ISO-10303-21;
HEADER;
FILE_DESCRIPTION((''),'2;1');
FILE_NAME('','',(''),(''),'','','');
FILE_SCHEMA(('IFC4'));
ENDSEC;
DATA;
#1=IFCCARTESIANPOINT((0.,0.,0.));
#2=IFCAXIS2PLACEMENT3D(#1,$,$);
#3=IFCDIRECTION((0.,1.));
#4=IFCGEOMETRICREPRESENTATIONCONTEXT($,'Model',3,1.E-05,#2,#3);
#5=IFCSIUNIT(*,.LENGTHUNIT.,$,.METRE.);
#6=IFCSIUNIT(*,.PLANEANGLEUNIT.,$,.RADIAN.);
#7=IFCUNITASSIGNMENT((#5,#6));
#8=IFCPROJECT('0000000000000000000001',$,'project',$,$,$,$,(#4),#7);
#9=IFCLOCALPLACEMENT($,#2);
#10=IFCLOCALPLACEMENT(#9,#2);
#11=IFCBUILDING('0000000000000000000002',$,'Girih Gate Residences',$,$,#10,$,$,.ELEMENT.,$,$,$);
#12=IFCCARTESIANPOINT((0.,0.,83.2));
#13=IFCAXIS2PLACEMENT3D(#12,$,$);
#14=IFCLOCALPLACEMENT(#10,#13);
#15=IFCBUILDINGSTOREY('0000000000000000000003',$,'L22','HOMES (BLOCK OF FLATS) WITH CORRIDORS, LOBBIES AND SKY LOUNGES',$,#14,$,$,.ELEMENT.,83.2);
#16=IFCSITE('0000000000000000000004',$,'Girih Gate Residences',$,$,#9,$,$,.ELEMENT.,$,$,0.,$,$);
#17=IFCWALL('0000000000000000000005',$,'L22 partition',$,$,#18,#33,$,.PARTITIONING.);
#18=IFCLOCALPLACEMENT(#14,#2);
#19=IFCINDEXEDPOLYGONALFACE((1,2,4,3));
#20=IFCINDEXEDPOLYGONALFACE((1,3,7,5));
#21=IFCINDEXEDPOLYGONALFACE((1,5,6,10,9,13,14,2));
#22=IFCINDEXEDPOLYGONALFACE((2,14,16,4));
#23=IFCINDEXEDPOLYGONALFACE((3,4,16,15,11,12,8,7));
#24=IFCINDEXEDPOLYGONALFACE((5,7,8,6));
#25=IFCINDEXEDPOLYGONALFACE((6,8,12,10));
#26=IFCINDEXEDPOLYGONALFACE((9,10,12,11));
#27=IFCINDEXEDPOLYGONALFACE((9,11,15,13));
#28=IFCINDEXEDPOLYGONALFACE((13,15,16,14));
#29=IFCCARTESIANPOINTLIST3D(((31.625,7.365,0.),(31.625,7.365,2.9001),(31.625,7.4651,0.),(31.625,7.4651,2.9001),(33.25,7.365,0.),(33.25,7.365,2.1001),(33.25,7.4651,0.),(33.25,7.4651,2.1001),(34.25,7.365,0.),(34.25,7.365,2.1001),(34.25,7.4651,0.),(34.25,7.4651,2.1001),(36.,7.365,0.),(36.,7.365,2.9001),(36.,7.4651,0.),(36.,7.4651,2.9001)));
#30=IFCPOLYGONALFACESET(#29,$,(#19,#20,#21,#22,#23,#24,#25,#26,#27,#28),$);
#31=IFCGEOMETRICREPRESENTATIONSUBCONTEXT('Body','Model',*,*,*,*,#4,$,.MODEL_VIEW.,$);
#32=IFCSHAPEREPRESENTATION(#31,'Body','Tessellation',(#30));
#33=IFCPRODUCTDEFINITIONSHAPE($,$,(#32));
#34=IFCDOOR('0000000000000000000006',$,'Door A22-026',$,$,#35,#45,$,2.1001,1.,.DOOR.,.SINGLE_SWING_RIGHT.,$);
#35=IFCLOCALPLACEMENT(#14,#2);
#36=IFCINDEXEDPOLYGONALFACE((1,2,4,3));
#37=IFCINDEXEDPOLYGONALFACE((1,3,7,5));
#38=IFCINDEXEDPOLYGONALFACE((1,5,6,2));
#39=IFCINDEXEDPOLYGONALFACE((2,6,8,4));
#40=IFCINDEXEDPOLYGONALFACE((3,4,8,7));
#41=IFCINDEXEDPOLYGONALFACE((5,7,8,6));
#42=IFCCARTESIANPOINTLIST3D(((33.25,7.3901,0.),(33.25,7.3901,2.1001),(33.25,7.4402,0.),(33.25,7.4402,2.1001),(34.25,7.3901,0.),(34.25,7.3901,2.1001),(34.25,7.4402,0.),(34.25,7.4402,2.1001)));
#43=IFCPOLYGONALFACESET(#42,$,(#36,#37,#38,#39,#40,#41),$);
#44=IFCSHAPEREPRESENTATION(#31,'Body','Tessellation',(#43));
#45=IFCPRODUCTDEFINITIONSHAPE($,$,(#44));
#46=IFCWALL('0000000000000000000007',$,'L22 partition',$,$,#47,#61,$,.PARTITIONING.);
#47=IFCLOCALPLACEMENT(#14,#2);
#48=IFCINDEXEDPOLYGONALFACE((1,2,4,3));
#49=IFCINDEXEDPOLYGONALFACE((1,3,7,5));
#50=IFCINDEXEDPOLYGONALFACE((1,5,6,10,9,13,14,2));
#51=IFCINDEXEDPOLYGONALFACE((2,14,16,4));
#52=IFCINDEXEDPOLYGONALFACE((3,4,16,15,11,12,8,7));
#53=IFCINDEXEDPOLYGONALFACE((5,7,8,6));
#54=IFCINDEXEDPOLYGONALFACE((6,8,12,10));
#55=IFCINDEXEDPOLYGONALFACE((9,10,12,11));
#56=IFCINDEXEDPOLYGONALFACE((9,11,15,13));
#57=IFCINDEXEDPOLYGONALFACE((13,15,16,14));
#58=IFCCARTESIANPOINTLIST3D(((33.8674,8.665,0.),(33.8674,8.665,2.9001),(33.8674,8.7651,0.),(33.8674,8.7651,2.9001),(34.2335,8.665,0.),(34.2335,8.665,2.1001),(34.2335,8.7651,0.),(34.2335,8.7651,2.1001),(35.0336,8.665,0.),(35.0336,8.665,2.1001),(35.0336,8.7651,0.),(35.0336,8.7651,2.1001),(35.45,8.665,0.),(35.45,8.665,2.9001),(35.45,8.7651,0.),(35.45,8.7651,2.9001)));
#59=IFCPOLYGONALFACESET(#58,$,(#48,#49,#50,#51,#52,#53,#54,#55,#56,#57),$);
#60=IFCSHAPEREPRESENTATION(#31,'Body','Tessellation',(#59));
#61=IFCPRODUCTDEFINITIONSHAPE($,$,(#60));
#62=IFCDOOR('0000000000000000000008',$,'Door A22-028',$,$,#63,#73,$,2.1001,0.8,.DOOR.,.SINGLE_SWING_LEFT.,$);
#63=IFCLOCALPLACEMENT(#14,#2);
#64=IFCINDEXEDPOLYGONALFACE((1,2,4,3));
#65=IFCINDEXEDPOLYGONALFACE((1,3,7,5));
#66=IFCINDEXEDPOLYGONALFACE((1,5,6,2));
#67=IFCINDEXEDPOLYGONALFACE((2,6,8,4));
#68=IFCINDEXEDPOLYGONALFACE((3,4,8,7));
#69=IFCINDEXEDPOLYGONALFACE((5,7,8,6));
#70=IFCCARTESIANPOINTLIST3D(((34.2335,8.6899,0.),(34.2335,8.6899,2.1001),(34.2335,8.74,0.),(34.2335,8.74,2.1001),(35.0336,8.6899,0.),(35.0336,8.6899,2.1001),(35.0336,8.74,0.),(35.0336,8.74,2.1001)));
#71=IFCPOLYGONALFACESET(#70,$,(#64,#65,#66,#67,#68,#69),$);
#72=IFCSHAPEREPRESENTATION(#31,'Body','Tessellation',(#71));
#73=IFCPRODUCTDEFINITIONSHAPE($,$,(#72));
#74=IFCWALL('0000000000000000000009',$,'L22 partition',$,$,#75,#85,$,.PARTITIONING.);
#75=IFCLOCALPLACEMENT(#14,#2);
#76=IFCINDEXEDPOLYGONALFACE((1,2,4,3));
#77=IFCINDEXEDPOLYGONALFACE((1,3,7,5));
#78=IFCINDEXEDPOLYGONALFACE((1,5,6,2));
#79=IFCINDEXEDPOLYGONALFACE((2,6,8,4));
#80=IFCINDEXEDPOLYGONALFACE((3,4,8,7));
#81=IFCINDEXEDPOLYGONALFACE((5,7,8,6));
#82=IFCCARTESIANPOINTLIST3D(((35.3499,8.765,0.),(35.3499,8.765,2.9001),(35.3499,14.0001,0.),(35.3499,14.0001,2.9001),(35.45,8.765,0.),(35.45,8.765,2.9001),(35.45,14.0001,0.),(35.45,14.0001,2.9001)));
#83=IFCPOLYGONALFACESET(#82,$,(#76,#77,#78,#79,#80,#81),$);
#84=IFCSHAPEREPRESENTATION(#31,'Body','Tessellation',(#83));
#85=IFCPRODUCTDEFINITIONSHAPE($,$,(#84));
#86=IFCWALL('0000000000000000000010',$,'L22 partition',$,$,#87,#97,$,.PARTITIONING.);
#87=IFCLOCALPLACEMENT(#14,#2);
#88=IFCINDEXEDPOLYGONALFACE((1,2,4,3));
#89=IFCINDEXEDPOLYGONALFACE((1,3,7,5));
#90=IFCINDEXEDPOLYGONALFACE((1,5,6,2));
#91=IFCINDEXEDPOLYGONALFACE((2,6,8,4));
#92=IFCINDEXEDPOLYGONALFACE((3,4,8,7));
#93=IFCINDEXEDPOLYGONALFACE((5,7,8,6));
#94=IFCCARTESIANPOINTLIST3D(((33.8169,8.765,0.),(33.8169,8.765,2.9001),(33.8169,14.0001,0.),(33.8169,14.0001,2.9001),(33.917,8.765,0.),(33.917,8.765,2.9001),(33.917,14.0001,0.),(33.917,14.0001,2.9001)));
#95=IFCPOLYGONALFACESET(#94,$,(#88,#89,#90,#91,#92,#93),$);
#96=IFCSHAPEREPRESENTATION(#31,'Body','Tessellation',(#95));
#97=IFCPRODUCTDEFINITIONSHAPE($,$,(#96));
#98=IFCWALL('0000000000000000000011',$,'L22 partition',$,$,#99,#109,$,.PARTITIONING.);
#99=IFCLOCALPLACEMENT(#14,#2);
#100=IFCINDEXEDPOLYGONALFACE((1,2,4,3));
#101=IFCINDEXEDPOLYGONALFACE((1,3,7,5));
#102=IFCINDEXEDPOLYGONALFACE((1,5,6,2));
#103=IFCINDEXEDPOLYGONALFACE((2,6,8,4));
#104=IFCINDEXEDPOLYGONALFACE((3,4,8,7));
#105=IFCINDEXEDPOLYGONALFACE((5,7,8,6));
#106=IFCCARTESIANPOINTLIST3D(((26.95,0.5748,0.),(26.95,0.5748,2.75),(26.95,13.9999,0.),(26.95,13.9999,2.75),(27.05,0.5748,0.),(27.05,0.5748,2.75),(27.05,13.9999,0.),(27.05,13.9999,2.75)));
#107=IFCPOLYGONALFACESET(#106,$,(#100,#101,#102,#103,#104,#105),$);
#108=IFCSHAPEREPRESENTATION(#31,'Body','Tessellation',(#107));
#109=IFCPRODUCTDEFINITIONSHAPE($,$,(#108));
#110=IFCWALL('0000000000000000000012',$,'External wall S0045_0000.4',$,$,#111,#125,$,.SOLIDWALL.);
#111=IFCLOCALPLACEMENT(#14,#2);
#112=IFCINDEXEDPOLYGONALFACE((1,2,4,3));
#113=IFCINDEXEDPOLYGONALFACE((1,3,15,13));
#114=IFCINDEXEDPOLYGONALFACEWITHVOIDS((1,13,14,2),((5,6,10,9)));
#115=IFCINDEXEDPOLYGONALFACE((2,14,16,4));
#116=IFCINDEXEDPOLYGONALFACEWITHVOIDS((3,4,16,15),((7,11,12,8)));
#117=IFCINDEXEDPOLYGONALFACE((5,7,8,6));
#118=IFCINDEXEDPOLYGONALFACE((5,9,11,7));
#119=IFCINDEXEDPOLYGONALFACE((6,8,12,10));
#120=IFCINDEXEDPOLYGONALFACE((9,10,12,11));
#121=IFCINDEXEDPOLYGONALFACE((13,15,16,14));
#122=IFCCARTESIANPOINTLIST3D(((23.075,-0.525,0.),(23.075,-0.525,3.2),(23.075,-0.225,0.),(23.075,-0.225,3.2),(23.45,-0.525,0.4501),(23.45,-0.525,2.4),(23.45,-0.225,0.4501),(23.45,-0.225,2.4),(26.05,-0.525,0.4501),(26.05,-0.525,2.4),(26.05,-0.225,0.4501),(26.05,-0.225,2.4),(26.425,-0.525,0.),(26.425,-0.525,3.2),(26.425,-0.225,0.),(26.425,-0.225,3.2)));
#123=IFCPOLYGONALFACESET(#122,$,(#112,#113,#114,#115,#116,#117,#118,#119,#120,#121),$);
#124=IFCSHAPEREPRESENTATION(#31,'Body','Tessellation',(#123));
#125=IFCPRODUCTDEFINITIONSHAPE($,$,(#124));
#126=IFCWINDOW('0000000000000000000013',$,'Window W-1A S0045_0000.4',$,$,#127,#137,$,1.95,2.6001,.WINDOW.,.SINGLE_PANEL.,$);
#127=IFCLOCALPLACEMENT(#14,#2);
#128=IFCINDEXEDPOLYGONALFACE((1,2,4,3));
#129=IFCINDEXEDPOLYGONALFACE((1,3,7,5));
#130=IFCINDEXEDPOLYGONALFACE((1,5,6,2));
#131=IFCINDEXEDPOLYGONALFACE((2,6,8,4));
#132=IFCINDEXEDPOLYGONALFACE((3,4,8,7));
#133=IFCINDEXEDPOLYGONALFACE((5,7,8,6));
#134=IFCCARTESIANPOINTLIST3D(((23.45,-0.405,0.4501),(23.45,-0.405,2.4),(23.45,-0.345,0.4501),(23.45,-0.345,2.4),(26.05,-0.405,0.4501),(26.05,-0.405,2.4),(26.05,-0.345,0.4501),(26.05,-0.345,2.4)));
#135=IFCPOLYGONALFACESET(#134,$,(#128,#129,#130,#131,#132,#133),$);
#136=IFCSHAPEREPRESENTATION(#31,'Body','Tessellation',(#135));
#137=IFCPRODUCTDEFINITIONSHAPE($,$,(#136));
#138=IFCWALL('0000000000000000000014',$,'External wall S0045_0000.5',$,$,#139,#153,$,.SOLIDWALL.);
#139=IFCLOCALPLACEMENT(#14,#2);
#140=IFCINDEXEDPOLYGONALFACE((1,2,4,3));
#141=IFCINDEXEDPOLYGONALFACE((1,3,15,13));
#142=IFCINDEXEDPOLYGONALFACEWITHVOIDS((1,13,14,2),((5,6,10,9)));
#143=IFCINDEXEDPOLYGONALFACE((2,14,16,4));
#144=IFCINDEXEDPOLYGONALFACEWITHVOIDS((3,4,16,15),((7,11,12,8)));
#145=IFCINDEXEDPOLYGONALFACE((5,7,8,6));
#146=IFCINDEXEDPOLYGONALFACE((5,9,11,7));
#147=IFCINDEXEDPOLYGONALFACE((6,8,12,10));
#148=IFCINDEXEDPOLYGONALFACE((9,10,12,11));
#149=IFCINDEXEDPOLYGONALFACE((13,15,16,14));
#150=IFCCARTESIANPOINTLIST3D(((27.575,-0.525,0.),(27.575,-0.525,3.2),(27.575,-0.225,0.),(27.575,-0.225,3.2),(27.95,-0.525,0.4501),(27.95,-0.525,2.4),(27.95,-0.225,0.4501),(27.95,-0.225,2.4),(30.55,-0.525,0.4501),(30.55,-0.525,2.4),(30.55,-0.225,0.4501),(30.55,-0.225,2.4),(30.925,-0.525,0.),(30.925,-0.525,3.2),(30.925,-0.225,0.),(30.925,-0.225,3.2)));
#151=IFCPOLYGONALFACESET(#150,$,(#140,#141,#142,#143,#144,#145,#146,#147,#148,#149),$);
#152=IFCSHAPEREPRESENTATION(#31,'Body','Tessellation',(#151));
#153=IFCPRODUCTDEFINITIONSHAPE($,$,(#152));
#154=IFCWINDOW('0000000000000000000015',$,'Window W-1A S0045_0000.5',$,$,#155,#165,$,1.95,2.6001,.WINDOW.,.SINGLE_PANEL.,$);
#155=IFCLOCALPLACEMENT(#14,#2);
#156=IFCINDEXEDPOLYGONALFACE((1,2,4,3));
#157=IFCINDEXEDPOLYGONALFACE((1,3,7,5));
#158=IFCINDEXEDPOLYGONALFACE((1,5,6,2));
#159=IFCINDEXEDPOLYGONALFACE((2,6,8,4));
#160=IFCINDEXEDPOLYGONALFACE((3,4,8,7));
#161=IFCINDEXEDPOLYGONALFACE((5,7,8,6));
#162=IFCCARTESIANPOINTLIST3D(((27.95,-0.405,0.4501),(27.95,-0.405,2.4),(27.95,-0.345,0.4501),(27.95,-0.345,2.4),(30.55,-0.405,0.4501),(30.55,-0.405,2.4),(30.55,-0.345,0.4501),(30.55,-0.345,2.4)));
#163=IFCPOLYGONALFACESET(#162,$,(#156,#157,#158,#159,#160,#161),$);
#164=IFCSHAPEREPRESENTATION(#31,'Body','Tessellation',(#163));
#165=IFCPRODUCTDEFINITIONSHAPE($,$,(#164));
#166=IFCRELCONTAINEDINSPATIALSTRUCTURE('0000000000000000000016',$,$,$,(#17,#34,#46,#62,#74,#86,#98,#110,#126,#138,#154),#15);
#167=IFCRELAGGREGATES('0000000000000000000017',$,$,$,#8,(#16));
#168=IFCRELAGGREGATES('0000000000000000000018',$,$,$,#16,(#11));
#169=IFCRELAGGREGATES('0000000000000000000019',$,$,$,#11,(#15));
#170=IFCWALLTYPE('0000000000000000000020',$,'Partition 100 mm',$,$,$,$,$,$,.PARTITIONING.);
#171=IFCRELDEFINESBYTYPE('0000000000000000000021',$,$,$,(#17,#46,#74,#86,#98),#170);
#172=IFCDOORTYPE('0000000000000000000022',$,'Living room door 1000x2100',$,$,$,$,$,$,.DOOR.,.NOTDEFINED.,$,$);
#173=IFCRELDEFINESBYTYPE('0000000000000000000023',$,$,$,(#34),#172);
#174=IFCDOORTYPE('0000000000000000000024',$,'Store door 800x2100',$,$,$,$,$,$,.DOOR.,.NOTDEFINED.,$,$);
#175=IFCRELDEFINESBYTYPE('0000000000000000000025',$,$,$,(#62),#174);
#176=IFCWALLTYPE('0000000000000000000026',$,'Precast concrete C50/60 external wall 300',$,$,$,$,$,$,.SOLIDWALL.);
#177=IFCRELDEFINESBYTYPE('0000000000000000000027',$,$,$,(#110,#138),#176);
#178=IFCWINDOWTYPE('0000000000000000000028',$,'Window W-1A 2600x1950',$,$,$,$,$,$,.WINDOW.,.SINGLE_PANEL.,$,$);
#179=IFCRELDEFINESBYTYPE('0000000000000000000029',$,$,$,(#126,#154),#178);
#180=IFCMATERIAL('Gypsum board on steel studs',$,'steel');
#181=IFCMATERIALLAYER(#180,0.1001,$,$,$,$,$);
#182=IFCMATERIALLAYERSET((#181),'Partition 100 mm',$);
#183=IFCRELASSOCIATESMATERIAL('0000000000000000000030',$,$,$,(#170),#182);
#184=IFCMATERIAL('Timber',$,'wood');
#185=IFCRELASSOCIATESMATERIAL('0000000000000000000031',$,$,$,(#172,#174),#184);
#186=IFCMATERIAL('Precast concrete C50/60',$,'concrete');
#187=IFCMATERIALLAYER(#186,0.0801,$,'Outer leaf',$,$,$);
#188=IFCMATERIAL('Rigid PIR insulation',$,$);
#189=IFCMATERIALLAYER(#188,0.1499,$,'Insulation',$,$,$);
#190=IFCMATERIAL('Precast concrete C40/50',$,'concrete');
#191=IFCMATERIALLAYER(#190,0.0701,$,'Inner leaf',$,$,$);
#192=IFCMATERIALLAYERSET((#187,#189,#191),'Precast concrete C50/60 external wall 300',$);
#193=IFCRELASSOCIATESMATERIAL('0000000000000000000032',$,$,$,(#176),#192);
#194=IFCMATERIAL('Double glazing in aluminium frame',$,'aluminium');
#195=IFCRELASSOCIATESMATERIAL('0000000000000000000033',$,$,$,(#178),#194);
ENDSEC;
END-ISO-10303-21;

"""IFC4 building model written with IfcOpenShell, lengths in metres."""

from ifc_helpers import new_model, si_unit, direction, frame, frame_2d, origin, place, context, subcontext, project, spatial, rectangle, extrude, material, layer, layer_set, type_object, element, fill, save


model = new_model("IFC4")

# Units and contexts
model_context = context("Model", 3, precision=1e-05, world=origin(), true_north=direction((0.0, 1.0)))
body_context = subcontext(model_context, "Body", "Model", "MODEL_VIEW")
ifc_project = project(units=[si_unit("LENGTHUNIT", "METRE"), si_unit("PLANEANGLEUNIT", "RADIAN")], contexts=[model_context])

# Site, building, storey
site_placement = place(None, origin())
site = spatial("IfcSite", under=ifc_project, at=site_placement, Name="Girih Gate Residences", CompositionType="ELEMENT", RefElevation=0.0)
building_placement = place(site_placement, origin())
building = spatial("IfcBuilding", under=site, at=building_placement, Name="Girih Gate Residences", CompositionType="ELEMENT")
storey_placement = place(building_placement, frame((0.0, 0.0, 83.2)))
storey = spatial("IfcBuildingStorey", under=building, at=storey_placement, Name="L22", Description="HOMES (BLOCK OF FLATS) WITH CORRIDORS, LOBBIES AND SKY LOUNGES", CompositionType="ELEMENT", Elevation=83.2)

# Shared definitions
ifc_material_1 = material(Name="Gypsum board on steel studs", Category="steel")
ifc_layer_1 = layer(ifc_material_1, 0.1001)
ifc_layer_set_1 = layer_set([ifc_layer_1], Name="Partition 100 mm")
wall_type_1 = type_object("IfcWallType", Name="Partition 100 mm", PredefinedType="PARTITIONING", material=ifc_layer_set_1)

# Walls, openings, doors
ifc_material_2 = material(Name="Timber", Category="wood")
wall_1_placement = place(storey_placement, frame((36.0, 7.415, 0.0), z_axis=(0.0, 0.0, 1.0), x_axis=(-1.0, 0.0, 0.0)))
wall_1 = element("IfcWall", 1, at=wall_1_placement, inside=storey, type_object=wall_type_1, Name="L22 partition", PredefinedType="PARTITIONING", context=body_context, shape_type="SweptSolid", body=[
    extrude(rectangle(XDim=4.375, YDim=0.1001, at=frame_2d((2.1875, 0.0))), origin(), (0.0, 0.0, 1.0), 2.9001),
])
opening_1_placement = place(wall_1_placement, frame((1.75, 0.0, 0.0)))
opening_1 = element("IfcOpeningElement", 2, at=opening_1_placement, cuts=wall_1, PredefinedType="OPENING", context=body_context, shape_type="SweptSolid", body=[
    extrude(rectangle(XDim=1.0, YDim=2.1001, at=frame_2d((0.5, 1.05))), frame((0.0, 0.0601, 0.0), z_axis=(0.0, -1.0, 0.0), x_axis=(1.0, 0.0, 0.0)), (0.0, 0.0, 1.0), 0.1201),
])
door_type_1 = type_object("IfcDoorType", Name="Living room door 1000x2100", OperationType="NOTDEFINED", PredefinedType="DOOR", material=ifc_material_2)
door_1_placement = place(opening_1_placement, origin())
door_1 = element("IfcDoor", 3, at=door_1_placement, inside=storey, type_object=door_type_1, Name="Door A22-026", OperationType="SINGLE_SWING_RIGHT", OverallHeight=2.1001, OverallWidth=1.0, PredefinedType="DOOR", context=body_context, shape_type="SweptSolid", body=[
    extrude(rectangle(XDim=1.0, YDim=2.1001, at=frame_2d((0.5, 1.05))), frame((0.0, 0.0249, 0.0), z_axis=(0.0, -1.0, 0.0), x_axis=(1.0, 0.0, 0.0)), (0.0, 0.0, 1.0), 0.05),
])
fill(opening_1, door_1)
wall_2_placement = place(storey_placement, frame((33.8674, 8.7151, 0.0), z_axis=(0.0, 0.0, 1.0), x_axis=(1.0, 0.0, 0.0)))
wall_2 = element("IfcWall", 4, at=wall_2_placement, inside=storey, type_object=wall_type_1, Name="L22 partition", PredefinedType="PARTITIONING", context=body_context, shape_type="SweptSolid", body=[
    extrude(rectangle(XDim=1.5825, YDim=0.1001, at=frame_2d((0.7913, 0.0))), origin(), (0.0, 0.0, 1.0), 2.9001),
])
opening_2_placement = place(wall_2_placement, frame((0.3662, 0.0, 0.0)))
opening_2 = element("IfcOpeningElement", 5, at=opening_2_placement, cuts=wall_2, PredefinedType="OPENING", context=body_context, shape_type="SweptSolid", body=[
    extrude(rectangle(XDim=0.8, YDim=2.1001, at=frame_2d((0.3999, 1.05))), frame((0.0, 0.0601, 0.0), z_axis=(0.0, -1.0, 0.0), x_axis=(1.0, 0.0, 0.0)), (0.0, 0.0, 1.0), 0.1201),
])
door_type_2 = type_object("IfcDoorType", Name="Store door 800x2100", OperationType="NOTDEFINED", PredefinedType="DOOR", material=ifc_material_2)
door_2_placement = place(opening_2_placement, origin())
door_2 = element("IfcDoor", 6, at=door_2_placement, inside=storey, type_object=door_type_2, Name="Door A22-028", OperationType="SINGLE_SWING_LEFT", OverallHeight=2.1001, OverallWidth=0.8, PredefinedType="DOOR", context=body_context, shape_type="SweptSolid", body=[
    extrude(rectangle(XDim=0.8, YDim=2.1001, at=frame_2d((0.3999, 1.05))), frame((0.0, 0.0249, 0.0), z_axis=(0.0, -1.0, 0.0), x_axis=(1.0, 0.0, 0.0)), (0.0, 0.0, 1.0), 0.05),
])
fill(opening_2, door_2)

# Walls
for number, where, z_axis, x_axis, name in (
    (7, (35.3999, 8.7649, 0.0), (0.0, 0.0, 1.0), (0.0, 1.0, 0.0), "L22 partition"),
    (8, (33.8669, 8.7649, 0.0), (0.0, 0.0, 1.0), (0.0, 1.0, 0.0), "L22 partition"),
):
    element("IfcWall", number, at=place(storey_placement, frame(where, z_axis=z_axis, x_axis=x_axis)), inside=storey, type_object=wall_type_1, Name=name, PredefinedType="PARTITIONING", context=body_context, shape_type="SweptSolid", body=[
        extrude(rectangle(XDim=5.2351, YDim=0.1001, at=frame_2d((2.6177, 0.0))), origin(), (0.0, 0.0, 1.0), 2.9001),
    ])
wall_3_placement = place(storey_placement, frame((27.0, 0.575, 0.0), z_axis=(0.0, 0.0, 1.0), x_axis=(0.0, 1.0, 0.0)))
element("IfcWall", 9, at=wall_3_placement, inside=storey, type_object=wall_type_1, Name="L22 partition", PredefinedType="PARTITIONING", context=body_context, shape_type="SweptSolid", body=[
    extrude(rectangle(XDim=13.425, YDim=0.1001, at=frame_2d((6.7124, 0.0))), origin(), (0.0, 0.0, 1.0), 2.75),
])

# Walls, openings, windows
ifc_material_3 = material(Name="Precast concrete C50/60", Category="concrete")
ifc_layer_2 = layer(ifc_material_3, 0.0801, Name="Outer leaf")
ifc_material_4 = material(Name="Rigid PIR insulation")
ifc_layer_3 = layer(ifc_material_4, 0.1499, Name="Insulation")
ifc_material_5 = material(Name="Precast concrete C40/50", Category="concrete")
ifc_layer_4 = layer(ifc_material_5, 0.0701, Name="Inner leaf")
ifc_layer_set_2 = layer_set([ifc_layer_2, ifc_layer_3, ifc_layer_4], Name="Precast concrete C50/60 external wall 300")
wall_type_2 = type_object("IfcWallType", Name="Precast concrete C50/60 external wall 300", PredefinedType="SOLIDWALL", material=ifc_layer_set_2)
wall_4_placement = place(storey_placement, frame((26.425, -0.375, 0.0), z_axis=(0.0, 0.0, 1.0), x_axis=(-1.0, 0.0, 0.0)))
wall_4 = element("IfcWall", 10, at=wall_4_placement, inside=storey, type_object=wall_type_2, Name="External wall S0045_0000.4", PredefinedType="SOLIDWALL", context=body_context, shape_type="SweptSolid", body=[
    extrude(rectangle(XDim=3.3501, YDim=0.3, at=frame_2d((1.675, 0.0))), origin(), (0.0, 0.0, 1.0), 3.2),
])
opening_3_placement = place(wall_4_placement, frame((0.375, 0.0, 0.45)))
opening_3 = element("IfcOpeningElement", 11, at=opening_3_placement, cuts=wall_4, PredefinedType="OPENING", context=body_context, shape_type="SweptSolid", body=[
    extrude(rectangle(XDim=2.6001, YDim=1.95, at=frame_2d((1.3, 0.9751))), frame((0.0, 0.1599, 0.0), z_axis=(0.0, -1.0, 0.0), x_axis=(1.0, 0.0, 0.0)), (0.0, 0.0, 1.0), 0.3201),
])
ifc_material_6 = material(Name="Double glazing in aluminium frame", Category="aluminium")
window_type = type_object("IfcWindowType", Name="Window W-1A 2600x1950", PartitioningType="SINGLE_PANEL", PredefinedType="WINDOW", material=ifc_material_6)
window_1_placement = place(opening_3_placement, origin())
window_1 = element("IfcWindow", 12, at=window_1_placement, inside=storey, type_object=window_type, Name="Window W-1A S0045_0000.4", OverallHeight=1.95, OverallWidth=2.6001, PartitioningType="SINGLE_PANEL", PredefinedType="WINDOW", context=body_context, shape_type="SweptSolid", body=[
    extrude(rectangle(XDim=2.6001, YDim=1.95, at=frame_2d((1.3, 0.9751))), frame((0.0, 0.03, 0.0), z_axis=(0.0, -1.0, 0.0), x_axis=(1.0, 0.0, 0.0)), (0.0, 0.0, 1.0), 0.0601),
])
fill(opening_3, window_1)
wall_5_placement = place(storey_placement, frame((30.925, -0.375, 0.0), z_axis=(0.0, 0.0, 1.0), x_axis=(-1.0, 0.0, 0.0)))
wall_5 = element("IfcWall", 13, at=wall_5_placement, inside=storey, type_object=wall_type_2, Name="External wall S0045_0000.5", PredefinedType="SOLIDWALL", context=body_context, shape_type="SweptSolid", body=[
    extrude(rectangle(XDim=3.3501, YDim=0.3, at=frame_2d((1.675, 0.0))), origin(), (0.0, 0.0, 1.0), 3.2),
])
opening_4_placement = place(wall_5_placement, frame((0.375, 0.0, 0.45)))
opening_4 = element("IfcOpeningElement", 14, at=opening_4_placement, cuts=wall_5, PredefinedType="OPENING", context=body_context, shape_type="SweptSolid", body=[
    extrude(rectangle(XDim=2.6001, YDim=1.95, at=frame_2d((1.3, 0.9751))), frame((0.0, 0.1599, 0.0), z_axis=(0.0, -1.0, 0.0), x_axis=(1.0, 0.0, 0.0)), (0.0, 0.0, 1.0), 0.3201),
])
window_2_placement = place(opening_4_placement, origin())
window_2 = element("IfcWindow", 15, at=window_2_placement, inside=storey, type_object=window_type, Name="Window W-1A S0045_0000.5", OverallHeight=1.95, OverallWidth=2.6001, PartitioningType="SINGLE_PANEL", PredefinedType="WINDOW", context=body_context, shape_type="SweptSolid", body=[
    extrude(rectangle(XDim=2.6001, YDim=1.95, at=frame_2d((1.3, 0.9751))), frame((0.0, 0.03, 0.0), z_axis=(0.0, -1.0, 0.0), x_axis=(1.0, 0.0, 0.0)), (0.0, 0.0, 1.0), 0.0601),
])
fill(opening_4, window_2)

save(model, "model.ifc")
